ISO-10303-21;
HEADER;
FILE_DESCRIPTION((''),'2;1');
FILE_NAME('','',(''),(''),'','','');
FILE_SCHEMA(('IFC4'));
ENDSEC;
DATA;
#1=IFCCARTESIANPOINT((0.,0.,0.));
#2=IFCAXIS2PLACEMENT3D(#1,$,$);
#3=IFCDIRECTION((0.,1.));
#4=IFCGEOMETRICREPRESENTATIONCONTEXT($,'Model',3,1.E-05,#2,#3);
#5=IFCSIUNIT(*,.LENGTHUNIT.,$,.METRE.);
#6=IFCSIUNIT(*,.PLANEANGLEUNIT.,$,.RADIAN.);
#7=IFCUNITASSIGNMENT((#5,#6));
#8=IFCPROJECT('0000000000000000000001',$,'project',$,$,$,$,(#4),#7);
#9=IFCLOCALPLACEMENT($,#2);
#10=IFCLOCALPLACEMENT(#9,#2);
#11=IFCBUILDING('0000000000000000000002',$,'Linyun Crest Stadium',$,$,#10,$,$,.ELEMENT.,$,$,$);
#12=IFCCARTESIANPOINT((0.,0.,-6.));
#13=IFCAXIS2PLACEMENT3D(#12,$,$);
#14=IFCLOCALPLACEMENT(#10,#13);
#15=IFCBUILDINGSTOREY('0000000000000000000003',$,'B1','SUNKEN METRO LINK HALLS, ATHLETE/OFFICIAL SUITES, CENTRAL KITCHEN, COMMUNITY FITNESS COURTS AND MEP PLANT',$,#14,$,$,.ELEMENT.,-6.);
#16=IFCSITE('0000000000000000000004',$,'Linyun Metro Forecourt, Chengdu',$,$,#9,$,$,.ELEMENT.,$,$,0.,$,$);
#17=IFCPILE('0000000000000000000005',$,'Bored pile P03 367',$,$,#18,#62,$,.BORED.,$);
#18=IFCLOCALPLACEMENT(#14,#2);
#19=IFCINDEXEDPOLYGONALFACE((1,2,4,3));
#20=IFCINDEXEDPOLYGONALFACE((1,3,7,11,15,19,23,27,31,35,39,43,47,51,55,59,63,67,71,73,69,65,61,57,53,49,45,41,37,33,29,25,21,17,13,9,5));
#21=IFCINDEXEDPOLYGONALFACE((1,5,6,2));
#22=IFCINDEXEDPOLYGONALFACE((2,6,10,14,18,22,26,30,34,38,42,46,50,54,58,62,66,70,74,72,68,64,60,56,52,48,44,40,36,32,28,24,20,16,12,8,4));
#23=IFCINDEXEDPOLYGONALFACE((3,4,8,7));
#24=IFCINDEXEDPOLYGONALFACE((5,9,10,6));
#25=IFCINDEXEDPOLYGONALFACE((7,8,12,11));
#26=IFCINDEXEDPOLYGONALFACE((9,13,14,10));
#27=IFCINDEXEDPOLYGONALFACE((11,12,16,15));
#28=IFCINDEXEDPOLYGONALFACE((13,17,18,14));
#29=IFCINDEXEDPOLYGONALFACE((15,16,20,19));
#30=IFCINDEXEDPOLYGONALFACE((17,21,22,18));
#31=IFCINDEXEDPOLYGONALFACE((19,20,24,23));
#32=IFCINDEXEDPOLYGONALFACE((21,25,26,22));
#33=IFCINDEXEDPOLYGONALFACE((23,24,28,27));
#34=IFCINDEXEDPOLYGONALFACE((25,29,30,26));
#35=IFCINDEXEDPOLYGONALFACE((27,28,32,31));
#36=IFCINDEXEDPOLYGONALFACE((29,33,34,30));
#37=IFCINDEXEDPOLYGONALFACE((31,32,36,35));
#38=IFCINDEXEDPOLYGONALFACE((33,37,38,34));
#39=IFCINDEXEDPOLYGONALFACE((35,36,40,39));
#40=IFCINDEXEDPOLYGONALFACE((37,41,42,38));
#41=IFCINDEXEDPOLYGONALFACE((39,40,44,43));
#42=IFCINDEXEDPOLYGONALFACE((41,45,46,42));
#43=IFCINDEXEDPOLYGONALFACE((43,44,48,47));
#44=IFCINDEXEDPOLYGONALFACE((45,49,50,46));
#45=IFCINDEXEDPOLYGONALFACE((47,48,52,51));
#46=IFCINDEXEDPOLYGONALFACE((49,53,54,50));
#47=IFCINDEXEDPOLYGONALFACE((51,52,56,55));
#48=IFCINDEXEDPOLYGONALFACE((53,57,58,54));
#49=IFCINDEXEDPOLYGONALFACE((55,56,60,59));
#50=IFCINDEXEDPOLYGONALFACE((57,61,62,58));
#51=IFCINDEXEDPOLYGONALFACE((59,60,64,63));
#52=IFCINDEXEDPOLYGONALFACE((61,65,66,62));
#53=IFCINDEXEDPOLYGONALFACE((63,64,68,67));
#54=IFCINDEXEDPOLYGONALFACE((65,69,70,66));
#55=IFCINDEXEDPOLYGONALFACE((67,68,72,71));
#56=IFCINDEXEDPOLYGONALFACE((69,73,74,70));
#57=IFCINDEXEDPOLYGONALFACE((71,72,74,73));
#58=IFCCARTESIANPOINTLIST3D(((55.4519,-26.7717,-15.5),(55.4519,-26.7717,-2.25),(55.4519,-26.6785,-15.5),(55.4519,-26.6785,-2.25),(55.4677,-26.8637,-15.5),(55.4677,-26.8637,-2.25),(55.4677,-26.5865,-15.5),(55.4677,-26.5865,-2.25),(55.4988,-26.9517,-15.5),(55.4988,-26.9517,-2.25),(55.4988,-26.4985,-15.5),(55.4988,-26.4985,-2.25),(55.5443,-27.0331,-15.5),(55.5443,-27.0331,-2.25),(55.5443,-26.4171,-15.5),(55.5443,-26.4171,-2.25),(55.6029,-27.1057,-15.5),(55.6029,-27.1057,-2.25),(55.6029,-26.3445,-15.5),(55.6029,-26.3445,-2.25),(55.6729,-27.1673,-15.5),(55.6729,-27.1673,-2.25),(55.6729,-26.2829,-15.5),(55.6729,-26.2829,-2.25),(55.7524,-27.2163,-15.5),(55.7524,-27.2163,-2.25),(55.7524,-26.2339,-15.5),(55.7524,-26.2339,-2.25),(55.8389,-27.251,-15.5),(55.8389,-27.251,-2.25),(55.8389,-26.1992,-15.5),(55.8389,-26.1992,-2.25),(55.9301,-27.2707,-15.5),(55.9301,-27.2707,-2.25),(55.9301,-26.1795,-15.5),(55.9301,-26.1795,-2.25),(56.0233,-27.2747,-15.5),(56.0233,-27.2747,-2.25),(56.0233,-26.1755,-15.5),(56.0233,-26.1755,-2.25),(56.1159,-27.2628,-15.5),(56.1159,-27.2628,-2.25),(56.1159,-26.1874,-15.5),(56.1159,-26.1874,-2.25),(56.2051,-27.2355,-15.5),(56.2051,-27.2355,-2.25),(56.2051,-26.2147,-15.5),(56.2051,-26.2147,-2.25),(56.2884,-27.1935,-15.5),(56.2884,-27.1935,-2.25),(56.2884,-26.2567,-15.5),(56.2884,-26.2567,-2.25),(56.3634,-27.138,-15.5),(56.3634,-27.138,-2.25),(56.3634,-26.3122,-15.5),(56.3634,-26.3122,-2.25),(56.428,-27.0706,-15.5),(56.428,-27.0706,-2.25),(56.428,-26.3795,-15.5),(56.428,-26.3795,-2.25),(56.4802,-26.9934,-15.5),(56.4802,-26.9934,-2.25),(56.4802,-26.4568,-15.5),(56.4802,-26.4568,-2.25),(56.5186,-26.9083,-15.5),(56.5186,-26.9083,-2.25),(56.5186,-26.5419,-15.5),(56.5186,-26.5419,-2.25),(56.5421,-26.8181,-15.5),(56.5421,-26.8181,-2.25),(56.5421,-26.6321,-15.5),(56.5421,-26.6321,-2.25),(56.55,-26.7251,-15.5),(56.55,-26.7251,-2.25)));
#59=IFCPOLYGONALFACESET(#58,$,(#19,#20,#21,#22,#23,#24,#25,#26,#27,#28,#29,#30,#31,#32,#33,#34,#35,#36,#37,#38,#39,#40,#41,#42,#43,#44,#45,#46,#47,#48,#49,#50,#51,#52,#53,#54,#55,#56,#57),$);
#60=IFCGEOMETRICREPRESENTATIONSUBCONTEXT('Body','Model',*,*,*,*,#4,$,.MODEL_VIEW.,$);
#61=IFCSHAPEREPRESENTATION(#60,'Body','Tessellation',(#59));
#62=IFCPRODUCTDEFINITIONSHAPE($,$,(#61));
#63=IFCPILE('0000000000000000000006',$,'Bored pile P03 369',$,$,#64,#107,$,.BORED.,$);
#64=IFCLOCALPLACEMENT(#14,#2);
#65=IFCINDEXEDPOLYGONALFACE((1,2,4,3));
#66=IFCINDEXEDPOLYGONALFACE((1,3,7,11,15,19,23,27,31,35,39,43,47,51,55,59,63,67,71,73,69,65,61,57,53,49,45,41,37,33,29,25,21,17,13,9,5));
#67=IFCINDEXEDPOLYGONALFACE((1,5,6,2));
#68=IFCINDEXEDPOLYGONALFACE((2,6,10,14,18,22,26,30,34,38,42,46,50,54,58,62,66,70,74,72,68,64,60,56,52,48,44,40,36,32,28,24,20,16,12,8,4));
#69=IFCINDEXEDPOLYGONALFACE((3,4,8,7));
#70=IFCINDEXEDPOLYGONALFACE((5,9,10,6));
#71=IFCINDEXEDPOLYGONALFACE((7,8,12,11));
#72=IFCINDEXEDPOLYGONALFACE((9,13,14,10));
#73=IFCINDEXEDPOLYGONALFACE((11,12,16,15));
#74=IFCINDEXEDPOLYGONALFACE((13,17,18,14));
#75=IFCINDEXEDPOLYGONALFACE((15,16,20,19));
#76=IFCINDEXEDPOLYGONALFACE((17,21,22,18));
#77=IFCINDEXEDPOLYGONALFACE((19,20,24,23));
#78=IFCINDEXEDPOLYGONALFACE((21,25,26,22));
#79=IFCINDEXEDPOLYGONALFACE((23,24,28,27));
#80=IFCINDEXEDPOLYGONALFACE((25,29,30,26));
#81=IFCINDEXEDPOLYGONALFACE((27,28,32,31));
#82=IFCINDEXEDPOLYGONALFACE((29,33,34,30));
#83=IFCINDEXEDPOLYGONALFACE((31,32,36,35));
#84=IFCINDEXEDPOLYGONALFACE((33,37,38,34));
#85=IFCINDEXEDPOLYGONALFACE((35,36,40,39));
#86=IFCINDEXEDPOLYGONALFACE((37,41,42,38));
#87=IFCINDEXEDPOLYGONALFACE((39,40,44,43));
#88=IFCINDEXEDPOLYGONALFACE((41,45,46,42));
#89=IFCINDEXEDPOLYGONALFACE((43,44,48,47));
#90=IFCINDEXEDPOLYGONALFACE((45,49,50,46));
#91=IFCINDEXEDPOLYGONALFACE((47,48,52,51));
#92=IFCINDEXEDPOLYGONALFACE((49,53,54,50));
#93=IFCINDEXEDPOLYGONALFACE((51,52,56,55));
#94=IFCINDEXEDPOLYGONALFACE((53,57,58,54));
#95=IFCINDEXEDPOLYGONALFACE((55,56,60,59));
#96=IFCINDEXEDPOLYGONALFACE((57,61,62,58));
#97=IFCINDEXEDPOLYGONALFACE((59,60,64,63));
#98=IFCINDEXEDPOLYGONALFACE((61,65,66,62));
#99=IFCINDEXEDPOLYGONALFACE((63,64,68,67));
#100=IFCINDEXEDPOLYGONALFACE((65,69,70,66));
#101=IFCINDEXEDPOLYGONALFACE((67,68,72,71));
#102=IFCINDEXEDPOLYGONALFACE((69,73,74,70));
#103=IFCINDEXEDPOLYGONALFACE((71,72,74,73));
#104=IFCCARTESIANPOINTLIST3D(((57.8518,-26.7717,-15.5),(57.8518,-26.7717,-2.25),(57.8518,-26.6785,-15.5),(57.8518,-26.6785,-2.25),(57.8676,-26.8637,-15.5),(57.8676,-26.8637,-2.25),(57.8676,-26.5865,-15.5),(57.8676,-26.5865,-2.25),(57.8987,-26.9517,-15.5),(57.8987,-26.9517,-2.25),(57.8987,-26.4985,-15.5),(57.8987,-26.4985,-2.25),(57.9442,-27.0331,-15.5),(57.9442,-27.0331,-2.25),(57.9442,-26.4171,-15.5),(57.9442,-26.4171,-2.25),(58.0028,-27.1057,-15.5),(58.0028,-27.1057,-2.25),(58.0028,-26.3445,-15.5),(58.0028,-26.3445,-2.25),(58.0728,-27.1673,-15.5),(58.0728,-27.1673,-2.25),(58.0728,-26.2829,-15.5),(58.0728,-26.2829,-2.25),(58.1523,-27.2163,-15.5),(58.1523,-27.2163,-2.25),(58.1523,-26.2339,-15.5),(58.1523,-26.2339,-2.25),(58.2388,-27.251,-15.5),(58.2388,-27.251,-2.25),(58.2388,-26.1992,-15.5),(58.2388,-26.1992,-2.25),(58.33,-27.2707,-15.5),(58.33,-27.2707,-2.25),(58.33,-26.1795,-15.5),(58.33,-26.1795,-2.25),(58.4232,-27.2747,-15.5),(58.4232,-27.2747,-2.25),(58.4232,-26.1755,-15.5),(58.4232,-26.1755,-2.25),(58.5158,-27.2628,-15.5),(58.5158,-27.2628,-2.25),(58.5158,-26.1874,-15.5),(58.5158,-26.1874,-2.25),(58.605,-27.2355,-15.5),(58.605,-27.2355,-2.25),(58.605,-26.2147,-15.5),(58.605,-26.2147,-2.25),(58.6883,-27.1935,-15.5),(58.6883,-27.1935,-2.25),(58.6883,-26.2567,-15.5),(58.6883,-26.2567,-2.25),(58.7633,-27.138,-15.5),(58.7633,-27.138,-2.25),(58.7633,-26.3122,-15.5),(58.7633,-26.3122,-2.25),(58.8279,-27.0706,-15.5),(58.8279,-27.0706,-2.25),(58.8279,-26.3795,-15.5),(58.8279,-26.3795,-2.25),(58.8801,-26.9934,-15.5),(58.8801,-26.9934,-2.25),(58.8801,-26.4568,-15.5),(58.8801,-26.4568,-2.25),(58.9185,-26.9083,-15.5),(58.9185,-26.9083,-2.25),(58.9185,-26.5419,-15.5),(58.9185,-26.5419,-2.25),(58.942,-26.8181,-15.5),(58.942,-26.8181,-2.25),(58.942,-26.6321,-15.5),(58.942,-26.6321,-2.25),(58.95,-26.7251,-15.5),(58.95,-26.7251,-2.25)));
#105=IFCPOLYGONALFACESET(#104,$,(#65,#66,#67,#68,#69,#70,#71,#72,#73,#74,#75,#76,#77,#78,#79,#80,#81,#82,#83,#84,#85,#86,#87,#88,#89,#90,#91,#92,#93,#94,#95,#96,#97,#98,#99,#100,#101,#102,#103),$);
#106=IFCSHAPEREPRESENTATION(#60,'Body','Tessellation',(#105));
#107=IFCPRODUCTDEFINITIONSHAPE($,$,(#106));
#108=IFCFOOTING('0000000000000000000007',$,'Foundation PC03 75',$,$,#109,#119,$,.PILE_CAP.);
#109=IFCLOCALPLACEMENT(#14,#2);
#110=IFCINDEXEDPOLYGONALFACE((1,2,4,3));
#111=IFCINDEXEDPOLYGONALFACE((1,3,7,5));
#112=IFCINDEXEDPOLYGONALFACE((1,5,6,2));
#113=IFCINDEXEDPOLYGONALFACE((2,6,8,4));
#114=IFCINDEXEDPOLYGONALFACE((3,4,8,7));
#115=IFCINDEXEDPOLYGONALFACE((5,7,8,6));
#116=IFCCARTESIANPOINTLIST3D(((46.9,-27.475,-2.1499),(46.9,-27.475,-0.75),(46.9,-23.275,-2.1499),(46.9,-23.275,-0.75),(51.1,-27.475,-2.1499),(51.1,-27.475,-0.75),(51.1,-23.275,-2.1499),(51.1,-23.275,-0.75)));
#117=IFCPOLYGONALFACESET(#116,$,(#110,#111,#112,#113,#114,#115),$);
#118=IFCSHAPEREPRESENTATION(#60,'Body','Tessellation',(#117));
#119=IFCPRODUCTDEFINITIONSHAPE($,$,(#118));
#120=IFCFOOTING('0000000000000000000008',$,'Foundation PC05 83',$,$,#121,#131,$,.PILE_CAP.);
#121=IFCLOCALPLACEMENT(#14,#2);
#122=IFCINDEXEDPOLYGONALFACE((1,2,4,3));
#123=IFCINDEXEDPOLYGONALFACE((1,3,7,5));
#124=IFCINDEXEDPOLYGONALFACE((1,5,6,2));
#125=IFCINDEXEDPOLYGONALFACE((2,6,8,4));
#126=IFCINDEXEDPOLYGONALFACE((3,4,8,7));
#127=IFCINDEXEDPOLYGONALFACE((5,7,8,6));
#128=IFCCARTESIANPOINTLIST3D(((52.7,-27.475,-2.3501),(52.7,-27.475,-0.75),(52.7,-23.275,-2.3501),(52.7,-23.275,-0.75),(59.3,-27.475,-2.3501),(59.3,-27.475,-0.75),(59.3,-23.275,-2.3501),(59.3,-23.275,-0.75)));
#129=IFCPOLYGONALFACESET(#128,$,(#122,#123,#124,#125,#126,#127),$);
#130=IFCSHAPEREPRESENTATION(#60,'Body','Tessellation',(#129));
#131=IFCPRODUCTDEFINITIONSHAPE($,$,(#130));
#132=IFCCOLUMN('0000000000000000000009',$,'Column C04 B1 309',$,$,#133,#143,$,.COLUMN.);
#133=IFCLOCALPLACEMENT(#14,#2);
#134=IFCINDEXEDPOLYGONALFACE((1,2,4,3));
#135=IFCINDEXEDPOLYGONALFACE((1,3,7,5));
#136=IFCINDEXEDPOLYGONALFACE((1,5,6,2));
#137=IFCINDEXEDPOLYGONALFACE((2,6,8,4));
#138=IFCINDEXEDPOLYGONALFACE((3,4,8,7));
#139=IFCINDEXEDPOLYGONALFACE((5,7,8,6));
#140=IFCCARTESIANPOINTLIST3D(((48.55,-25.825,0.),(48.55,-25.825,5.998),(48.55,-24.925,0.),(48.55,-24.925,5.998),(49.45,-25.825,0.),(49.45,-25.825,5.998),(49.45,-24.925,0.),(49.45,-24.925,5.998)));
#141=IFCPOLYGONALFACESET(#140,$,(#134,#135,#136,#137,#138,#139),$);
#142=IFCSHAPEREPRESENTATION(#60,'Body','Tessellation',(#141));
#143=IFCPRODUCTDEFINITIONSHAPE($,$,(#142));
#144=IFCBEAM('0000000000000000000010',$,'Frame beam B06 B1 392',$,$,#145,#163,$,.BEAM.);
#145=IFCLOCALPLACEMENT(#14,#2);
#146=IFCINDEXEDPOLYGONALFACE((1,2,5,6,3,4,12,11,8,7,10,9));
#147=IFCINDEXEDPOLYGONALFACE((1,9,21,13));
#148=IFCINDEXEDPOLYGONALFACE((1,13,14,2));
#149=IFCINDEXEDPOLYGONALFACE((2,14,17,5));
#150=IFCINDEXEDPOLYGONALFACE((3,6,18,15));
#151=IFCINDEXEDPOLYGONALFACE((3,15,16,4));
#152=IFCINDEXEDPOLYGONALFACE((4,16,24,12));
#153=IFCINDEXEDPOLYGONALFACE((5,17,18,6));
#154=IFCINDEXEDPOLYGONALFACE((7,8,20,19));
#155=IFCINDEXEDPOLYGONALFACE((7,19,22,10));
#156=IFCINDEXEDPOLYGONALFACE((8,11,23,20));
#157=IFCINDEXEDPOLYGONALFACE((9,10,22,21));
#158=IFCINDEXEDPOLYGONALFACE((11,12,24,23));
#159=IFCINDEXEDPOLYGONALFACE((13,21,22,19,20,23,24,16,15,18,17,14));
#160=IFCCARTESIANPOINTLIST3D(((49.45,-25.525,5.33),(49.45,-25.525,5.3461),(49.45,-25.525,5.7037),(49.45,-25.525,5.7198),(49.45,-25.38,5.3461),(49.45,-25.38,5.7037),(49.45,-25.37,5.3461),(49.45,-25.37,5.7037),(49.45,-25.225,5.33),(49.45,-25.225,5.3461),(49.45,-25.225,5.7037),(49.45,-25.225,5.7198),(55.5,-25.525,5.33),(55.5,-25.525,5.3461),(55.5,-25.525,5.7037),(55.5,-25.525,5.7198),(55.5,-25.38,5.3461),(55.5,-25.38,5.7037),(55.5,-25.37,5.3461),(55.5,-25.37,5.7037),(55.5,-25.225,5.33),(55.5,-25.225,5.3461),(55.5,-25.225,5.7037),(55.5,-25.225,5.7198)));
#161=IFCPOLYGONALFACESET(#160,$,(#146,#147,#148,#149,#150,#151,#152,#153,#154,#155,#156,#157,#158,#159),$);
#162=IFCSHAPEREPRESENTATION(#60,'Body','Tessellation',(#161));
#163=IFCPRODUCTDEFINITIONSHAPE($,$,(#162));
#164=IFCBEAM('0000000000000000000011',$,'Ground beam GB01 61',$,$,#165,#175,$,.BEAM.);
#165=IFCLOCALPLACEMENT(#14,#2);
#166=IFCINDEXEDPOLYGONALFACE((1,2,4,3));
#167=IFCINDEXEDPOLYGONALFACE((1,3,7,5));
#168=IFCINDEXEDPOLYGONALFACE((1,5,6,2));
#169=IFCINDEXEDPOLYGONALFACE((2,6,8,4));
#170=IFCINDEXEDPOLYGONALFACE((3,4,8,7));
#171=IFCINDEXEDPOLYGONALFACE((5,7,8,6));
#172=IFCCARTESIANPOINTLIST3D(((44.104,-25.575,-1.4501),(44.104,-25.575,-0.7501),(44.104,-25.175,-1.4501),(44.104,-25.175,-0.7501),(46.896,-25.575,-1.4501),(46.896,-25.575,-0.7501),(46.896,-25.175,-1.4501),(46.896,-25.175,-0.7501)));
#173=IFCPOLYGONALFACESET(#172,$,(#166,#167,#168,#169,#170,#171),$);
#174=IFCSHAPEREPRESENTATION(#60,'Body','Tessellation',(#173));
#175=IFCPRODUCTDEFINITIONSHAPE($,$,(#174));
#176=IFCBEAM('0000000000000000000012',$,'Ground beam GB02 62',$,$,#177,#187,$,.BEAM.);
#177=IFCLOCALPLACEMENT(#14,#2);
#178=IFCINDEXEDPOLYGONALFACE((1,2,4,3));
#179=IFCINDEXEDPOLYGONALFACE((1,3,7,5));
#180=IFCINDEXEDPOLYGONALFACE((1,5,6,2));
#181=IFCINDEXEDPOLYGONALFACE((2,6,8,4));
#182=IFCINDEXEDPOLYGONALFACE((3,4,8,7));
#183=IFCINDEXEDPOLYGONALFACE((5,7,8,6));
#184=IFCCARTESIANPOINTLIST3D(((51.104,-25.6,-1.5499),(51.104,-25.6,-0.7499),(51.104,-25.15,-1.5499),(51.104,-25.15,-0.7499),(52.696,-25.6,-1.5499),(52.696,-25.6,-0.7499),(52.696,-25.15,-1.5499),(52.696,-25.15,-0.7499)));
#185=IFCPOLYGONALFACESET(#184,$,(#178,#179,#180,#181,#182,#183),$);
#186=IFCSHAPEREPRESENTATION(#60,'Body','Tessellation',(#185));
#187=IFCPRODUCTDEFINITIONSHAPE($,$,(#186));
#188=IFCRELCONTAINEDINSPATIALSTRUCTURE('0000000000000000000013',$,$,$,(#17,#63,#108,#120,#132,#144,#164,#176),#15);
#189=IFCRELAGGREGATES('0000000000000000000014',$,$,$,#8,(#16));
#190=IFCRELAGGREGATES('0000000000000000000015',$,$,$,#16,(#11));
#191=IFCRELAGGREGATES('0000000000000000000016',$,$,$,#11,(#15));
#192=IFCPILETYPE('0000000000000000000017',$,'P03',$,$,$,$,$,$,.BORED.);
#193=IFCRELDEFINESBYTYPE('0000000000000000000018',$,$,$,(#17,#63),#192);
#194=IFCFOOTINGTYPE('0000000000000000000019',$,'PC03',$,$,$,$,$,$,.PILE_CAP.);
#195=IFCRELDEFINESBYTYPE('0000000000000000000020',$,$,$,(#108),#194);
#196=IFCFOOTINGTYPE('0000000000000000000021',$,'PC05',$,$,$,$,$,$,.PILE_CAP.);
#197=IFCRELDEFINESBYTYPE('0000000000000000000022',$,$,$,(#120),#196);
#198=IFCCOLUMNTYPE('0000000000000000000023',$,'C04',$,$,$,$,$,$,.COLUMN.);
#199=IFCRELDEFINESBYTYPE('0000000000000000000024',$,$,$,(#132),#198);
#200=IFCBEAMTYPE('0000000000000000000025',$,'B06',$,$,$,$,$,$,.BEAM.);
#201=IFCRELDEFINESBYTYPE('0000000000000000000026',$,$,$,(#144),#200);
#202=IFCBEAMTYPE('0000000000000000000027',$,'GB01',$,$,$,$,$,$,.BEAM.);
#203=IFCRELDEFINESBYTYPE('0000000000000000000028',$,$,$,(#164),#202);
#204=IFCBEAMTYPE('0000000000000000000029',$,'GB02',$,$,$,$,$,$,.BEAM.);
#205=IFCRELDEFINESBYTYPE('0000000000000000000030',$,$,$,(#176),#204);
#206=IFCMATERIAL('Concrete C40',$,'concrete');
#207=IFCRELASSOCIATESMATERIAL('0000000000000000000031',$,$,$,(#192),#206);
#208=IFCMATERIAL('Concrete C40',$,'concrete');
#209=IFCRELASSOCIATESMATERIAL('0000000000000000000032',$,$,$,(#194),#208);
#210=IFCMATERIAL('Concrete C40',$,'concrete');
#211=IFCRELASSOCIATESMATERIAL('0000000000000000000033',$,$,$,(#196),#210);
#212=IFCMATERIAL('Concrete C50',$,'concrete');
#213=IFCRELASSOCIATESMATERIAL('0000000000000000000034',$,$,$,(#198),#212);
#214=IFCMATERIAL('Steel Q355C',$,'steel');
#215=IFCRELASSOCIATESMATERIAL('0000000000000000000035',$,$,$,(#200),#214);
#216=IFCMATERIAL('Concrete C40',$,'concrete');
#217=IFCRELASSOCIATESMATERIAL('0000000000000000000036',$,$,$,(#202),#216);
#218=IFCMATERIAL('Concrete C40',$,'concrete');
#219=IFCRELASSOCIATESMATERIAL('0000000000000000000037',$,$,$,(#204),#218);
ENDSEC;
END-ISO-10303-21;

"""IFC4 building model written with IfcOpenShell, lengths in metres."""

from ifc_helpers import new_model, si_unit, direction, frame, origin, origin_2d, place, context, subcontext, project, spatial, rectangle, circle, i_section, extrude, material, material_profile, profile_set, type_object, element, save


model = new_model("IFC4")

# Units and contexts
model_context = context("Model", 3, precision=1e-05, world=origin(), true_north=direction((0.0, 1.0)))
body_context = subcontext(model_context, "Body", "Model", "MODEL_VIEW")
ifc_project = project(units=[si_unit("LENGTHUNIT", "METRE"), si_unit("PLANEANGLEUNIT", "RADIAN")], contexts=[model_context])

# Site, building, storey
site_placement = place(None, origin())
site = spatial("IfcSite", under=ifc_project, at=site_placement, Name="Linyun Metro Forecourt, Chengdu", CompositionType="ELEMENT", RefElevation=0.0)
building_placement = place(site_placement, origin())
building = spatial("IfcBuilding", under=site, at=building_placement, Name="Linyun Crest Stadium", CompositionType="ELEMENT")
storey_placement = place(building_placement, frame((0.0, 0.0, -6.0)))
storey = spatial("IfcBuildingStorey", under=building, at=storey_placement, Name="B1", Description="SUNKEN METRO LINK HALLS, ATHLETE/OFFICIAL SUITES, CENTRAL KITCHEN, COMMUNITY FITNESS COURTS AND MEP PLANT", CompositionType="ELEMENT", Elevation=-6.0)

# Piles
ifc_material_1 = material(Name="Concrete C40", Category="concrete")
ifc_material_profile_1 = material_profile(ifc_material_1, circle(Radius=0.55, at=origin_2d()), Name="BORED PILE 1100")
ifc_profile_set_1 = profile_set([ifc_material_profile_1], Name="Concrete C40")
pile_type = type_object("IfcPileType", Name="P03", PredefinedType="BORED", material=ifc_profile_set_1)
for number, where, z_axis, x_axis, name in (
    (1, (56.0, -26.7251, -2.25), (0.0, 0.0, -1.0), (1.0, 0.0, 0.0), "Bored pile P03 367"),
    (2, (58.3999, -26.7251, -2.25), (0.0, 0.0, -1.0), (1.0, 0.0, 0.0), "Bored pile P03 369"),
):
    element("IfcPile", number, at=place(storey_placement, frame(where, z_axis=z_axis, x_axis=x_axis)), inside=storey, type_object=pile_type, Name=name, PredefinedType="BORED", context=body_context, shape_type="SweptSolid", body=[
        extrude(circle(Radius=0.55, at=origin_2d()), origin(), (0.0, 0.0, 1.0), 13.25),
    ])

# Footings
ifc_material_2 = material(Name="Concrete C40", Category="concrete")
footing_type_1 = type_object("IfcFootingType", Name="PC03", PredefinedType="PILE_CAP", material=ifc_material_2)
footing_1_placement = place(storey_placement, frame((49.0, -25.375, -2.1499), z_axis=(0.0, 0.0, 1.0), x_axis=(1.0, 0.0, 0.0)))
element("IfcFooting", 3, at=footing_1_placement, inside=storey, type_object=footing_type_1, Name="Foundation PC03 75", PredefinedType="PILE_CAP", context=body_context, shape_type="SweptSolid", body=[
    extrude(rectangle(XDim=4.2, YDim=4.2, at=origin_2d()), origin(), (0.0, 0.0, 1.0), 1.3999),
])
ifc_material_3 = material(Name="Concrete C40", Category="concrete")
footing_type_2 = type_object("IfcFootingType", Name="PC05", PredefinedType="PILE_CAP", material=ifc_material_3)
footing_2_placement = place(storey_placement, frame((56.0, -25.375, -2.3501), z_axis=(0.0, 0.0, 1.0), x_axis=(1.0, 0.0, 0.0)))
element("IfcFooting", 4, at=footing_2_placement, inside=storey, type_object=footing_type_2, Name="Foundation PC05 83", PredefinedType="PILE_CAP", context=body_context, shape_type="SweptSolid", body=[
    extrude(rectangle(XDim=6.6001, YDim=4.2, at=origin_2d()), origin(), (0.0, 0.0, 1.0), 1.6001),
])

# Column
ifc_material_4 = material(Name="Concrete C50", Category="concrete")
ifc_material_profile_2 = material_profile(ifc_material_4, rectangle(XDim=0.8999, YDim=0.8999, at=origin_2d()), Name="RC 900x900")
ifc_profile_set_2 = profile_set([ifc_material_profile_2], Name="Concrete C50")
column_type = type_object("IfcColumnType", Name="C04", PredefinedType="COLUMN", material=ifc_profile_set_2)
column_placement = place(storey_placement, frame((49.0, -25.375, 0.0), z_axis=(0.0, 0.0, 1.0), x_axis=(1.0, 0.0, 0.0)))
element("IfcColumn", 5, at=column_placement, inside=storey, type_object=column_type, Name="Column C04 B1 309", PredefinedType="COLUMN", context=body_context, shape_type="SweptSolid", body=[
    extrude(rectangle(XDim=0.8999, YDim=0.8999, at=origin_2d()), origin(), (0.0, 0.0, 1.0), 5.998),
])

# Beams
ifc_material_5 = material(Name="Steel Q355C", Category="steel")
ifc_material_profile_3 = material_profile(ifc_material_5, i_section(OverallWidth=0.3, OverallDepth=0.3899, WebThickness=0.01, FlangeThickness=0.0161, at=origin_2d()), Name="HM 390x300")
ifc_profile_set_3 = profile_set([ifc_material_profile_3], Name="Steel Q355C")
beam_type_1 = type_object("IfcBeamType", Name="B06", PredefinedType="BEAM", material=ifc_profile_set_3)
beam_1_placement = place(storey_placement, frame((49.45, -25.375, 5.5249), z_axis=(1.0, 0.0, 0.0), x_axis=(0.0, 1.0, 0.0)))
element("IfcBeam", 6, at=beam_1_placement, inside=storey, type_object=beam_type_1, Name="Frame beam B06 B1 392", PredefinedType="BEAM", context=body_context, shape_type="SweptSolid", body=[
    extrude(i_section(OverallWidth=0.3, OverallDepth=0.3899, WebThickness=0.01, FlangeThickness=0.0161, at=origin_2d()), origin(), (0.0, 0.0, 1.0), 6.05),
])
ifc_material_6 = material(Name="Concrete C40", Category="concrete")
ifc_material_profile_4 = material_profile(ifc_material_6, rectangle(XDim=0.3999, YDim=0.7, at=origin_2d()), Name="RCB 700x400")
ifc_profile_set_4 = profile_set([ifc_material_profile_4], Name="Concrete C40")
beam_type_2 = type_object("IfcBeamType", Name="GB01", PredefinedType="BEAM", material=ifc_profile_set_4)
beam_2_placement = place(storey_placement, frame((44.104, -25.375, -1.1001), z_axis=(1.0, 0.0, 0.0), x_axis=(0.0, 1.0, 0.0)))
element("IfcBeam", 7, at=beam_2_placement, inside=storey, type_object=beam_type_2, Name="Ground beam GB01 61", PredefinedType="BEAM", context=body_context, shape_type="SweptSolid", body=[
    extrude(rectangle(XDim=0.3999, YDim=0.7, at=origin_2d()), origin(), (0.0, 0.0, 1.0), 2.792),
])
ifc_material_7 = material(Name="Concrete C40", Category="concrete")
ifc_material_profile_5 = material_profile(ifc_material_7, rectangle(XDim=0.45, YDim=0.8, at=origin_2d()), Name="RCB 800x450")
ifc_profile_set_5 = profile_set([ifc_material_profile_5], Name="Concrete C40")
beam_type_3 = type_object("IfcBeamType", Name="GB02", PredefinedType="BEAM", material=ifc_profile_set_5)
beam_3_placement = place(storey_placement, frame((51.104, -25.375, -1.1499), z_axis=(1.0, 0.0, 0.0), x_axis=(0.0, 1.0, 0.0)))
element("IfcBeam", 8, at=beam_3_placement, inside=storey, type_object=beam_type_3, Name="Ground beam GB02 62", PredefinedType="BEAM", context=body_context, shape_type="SweptSolid", body=[
    extrude(rectangle(XDim=0.45, YDim=0.8, at=origin_2d()), origin(), (0.0, 0.0, 1.0), 1.592),
])

save(model, "model.ifc")
